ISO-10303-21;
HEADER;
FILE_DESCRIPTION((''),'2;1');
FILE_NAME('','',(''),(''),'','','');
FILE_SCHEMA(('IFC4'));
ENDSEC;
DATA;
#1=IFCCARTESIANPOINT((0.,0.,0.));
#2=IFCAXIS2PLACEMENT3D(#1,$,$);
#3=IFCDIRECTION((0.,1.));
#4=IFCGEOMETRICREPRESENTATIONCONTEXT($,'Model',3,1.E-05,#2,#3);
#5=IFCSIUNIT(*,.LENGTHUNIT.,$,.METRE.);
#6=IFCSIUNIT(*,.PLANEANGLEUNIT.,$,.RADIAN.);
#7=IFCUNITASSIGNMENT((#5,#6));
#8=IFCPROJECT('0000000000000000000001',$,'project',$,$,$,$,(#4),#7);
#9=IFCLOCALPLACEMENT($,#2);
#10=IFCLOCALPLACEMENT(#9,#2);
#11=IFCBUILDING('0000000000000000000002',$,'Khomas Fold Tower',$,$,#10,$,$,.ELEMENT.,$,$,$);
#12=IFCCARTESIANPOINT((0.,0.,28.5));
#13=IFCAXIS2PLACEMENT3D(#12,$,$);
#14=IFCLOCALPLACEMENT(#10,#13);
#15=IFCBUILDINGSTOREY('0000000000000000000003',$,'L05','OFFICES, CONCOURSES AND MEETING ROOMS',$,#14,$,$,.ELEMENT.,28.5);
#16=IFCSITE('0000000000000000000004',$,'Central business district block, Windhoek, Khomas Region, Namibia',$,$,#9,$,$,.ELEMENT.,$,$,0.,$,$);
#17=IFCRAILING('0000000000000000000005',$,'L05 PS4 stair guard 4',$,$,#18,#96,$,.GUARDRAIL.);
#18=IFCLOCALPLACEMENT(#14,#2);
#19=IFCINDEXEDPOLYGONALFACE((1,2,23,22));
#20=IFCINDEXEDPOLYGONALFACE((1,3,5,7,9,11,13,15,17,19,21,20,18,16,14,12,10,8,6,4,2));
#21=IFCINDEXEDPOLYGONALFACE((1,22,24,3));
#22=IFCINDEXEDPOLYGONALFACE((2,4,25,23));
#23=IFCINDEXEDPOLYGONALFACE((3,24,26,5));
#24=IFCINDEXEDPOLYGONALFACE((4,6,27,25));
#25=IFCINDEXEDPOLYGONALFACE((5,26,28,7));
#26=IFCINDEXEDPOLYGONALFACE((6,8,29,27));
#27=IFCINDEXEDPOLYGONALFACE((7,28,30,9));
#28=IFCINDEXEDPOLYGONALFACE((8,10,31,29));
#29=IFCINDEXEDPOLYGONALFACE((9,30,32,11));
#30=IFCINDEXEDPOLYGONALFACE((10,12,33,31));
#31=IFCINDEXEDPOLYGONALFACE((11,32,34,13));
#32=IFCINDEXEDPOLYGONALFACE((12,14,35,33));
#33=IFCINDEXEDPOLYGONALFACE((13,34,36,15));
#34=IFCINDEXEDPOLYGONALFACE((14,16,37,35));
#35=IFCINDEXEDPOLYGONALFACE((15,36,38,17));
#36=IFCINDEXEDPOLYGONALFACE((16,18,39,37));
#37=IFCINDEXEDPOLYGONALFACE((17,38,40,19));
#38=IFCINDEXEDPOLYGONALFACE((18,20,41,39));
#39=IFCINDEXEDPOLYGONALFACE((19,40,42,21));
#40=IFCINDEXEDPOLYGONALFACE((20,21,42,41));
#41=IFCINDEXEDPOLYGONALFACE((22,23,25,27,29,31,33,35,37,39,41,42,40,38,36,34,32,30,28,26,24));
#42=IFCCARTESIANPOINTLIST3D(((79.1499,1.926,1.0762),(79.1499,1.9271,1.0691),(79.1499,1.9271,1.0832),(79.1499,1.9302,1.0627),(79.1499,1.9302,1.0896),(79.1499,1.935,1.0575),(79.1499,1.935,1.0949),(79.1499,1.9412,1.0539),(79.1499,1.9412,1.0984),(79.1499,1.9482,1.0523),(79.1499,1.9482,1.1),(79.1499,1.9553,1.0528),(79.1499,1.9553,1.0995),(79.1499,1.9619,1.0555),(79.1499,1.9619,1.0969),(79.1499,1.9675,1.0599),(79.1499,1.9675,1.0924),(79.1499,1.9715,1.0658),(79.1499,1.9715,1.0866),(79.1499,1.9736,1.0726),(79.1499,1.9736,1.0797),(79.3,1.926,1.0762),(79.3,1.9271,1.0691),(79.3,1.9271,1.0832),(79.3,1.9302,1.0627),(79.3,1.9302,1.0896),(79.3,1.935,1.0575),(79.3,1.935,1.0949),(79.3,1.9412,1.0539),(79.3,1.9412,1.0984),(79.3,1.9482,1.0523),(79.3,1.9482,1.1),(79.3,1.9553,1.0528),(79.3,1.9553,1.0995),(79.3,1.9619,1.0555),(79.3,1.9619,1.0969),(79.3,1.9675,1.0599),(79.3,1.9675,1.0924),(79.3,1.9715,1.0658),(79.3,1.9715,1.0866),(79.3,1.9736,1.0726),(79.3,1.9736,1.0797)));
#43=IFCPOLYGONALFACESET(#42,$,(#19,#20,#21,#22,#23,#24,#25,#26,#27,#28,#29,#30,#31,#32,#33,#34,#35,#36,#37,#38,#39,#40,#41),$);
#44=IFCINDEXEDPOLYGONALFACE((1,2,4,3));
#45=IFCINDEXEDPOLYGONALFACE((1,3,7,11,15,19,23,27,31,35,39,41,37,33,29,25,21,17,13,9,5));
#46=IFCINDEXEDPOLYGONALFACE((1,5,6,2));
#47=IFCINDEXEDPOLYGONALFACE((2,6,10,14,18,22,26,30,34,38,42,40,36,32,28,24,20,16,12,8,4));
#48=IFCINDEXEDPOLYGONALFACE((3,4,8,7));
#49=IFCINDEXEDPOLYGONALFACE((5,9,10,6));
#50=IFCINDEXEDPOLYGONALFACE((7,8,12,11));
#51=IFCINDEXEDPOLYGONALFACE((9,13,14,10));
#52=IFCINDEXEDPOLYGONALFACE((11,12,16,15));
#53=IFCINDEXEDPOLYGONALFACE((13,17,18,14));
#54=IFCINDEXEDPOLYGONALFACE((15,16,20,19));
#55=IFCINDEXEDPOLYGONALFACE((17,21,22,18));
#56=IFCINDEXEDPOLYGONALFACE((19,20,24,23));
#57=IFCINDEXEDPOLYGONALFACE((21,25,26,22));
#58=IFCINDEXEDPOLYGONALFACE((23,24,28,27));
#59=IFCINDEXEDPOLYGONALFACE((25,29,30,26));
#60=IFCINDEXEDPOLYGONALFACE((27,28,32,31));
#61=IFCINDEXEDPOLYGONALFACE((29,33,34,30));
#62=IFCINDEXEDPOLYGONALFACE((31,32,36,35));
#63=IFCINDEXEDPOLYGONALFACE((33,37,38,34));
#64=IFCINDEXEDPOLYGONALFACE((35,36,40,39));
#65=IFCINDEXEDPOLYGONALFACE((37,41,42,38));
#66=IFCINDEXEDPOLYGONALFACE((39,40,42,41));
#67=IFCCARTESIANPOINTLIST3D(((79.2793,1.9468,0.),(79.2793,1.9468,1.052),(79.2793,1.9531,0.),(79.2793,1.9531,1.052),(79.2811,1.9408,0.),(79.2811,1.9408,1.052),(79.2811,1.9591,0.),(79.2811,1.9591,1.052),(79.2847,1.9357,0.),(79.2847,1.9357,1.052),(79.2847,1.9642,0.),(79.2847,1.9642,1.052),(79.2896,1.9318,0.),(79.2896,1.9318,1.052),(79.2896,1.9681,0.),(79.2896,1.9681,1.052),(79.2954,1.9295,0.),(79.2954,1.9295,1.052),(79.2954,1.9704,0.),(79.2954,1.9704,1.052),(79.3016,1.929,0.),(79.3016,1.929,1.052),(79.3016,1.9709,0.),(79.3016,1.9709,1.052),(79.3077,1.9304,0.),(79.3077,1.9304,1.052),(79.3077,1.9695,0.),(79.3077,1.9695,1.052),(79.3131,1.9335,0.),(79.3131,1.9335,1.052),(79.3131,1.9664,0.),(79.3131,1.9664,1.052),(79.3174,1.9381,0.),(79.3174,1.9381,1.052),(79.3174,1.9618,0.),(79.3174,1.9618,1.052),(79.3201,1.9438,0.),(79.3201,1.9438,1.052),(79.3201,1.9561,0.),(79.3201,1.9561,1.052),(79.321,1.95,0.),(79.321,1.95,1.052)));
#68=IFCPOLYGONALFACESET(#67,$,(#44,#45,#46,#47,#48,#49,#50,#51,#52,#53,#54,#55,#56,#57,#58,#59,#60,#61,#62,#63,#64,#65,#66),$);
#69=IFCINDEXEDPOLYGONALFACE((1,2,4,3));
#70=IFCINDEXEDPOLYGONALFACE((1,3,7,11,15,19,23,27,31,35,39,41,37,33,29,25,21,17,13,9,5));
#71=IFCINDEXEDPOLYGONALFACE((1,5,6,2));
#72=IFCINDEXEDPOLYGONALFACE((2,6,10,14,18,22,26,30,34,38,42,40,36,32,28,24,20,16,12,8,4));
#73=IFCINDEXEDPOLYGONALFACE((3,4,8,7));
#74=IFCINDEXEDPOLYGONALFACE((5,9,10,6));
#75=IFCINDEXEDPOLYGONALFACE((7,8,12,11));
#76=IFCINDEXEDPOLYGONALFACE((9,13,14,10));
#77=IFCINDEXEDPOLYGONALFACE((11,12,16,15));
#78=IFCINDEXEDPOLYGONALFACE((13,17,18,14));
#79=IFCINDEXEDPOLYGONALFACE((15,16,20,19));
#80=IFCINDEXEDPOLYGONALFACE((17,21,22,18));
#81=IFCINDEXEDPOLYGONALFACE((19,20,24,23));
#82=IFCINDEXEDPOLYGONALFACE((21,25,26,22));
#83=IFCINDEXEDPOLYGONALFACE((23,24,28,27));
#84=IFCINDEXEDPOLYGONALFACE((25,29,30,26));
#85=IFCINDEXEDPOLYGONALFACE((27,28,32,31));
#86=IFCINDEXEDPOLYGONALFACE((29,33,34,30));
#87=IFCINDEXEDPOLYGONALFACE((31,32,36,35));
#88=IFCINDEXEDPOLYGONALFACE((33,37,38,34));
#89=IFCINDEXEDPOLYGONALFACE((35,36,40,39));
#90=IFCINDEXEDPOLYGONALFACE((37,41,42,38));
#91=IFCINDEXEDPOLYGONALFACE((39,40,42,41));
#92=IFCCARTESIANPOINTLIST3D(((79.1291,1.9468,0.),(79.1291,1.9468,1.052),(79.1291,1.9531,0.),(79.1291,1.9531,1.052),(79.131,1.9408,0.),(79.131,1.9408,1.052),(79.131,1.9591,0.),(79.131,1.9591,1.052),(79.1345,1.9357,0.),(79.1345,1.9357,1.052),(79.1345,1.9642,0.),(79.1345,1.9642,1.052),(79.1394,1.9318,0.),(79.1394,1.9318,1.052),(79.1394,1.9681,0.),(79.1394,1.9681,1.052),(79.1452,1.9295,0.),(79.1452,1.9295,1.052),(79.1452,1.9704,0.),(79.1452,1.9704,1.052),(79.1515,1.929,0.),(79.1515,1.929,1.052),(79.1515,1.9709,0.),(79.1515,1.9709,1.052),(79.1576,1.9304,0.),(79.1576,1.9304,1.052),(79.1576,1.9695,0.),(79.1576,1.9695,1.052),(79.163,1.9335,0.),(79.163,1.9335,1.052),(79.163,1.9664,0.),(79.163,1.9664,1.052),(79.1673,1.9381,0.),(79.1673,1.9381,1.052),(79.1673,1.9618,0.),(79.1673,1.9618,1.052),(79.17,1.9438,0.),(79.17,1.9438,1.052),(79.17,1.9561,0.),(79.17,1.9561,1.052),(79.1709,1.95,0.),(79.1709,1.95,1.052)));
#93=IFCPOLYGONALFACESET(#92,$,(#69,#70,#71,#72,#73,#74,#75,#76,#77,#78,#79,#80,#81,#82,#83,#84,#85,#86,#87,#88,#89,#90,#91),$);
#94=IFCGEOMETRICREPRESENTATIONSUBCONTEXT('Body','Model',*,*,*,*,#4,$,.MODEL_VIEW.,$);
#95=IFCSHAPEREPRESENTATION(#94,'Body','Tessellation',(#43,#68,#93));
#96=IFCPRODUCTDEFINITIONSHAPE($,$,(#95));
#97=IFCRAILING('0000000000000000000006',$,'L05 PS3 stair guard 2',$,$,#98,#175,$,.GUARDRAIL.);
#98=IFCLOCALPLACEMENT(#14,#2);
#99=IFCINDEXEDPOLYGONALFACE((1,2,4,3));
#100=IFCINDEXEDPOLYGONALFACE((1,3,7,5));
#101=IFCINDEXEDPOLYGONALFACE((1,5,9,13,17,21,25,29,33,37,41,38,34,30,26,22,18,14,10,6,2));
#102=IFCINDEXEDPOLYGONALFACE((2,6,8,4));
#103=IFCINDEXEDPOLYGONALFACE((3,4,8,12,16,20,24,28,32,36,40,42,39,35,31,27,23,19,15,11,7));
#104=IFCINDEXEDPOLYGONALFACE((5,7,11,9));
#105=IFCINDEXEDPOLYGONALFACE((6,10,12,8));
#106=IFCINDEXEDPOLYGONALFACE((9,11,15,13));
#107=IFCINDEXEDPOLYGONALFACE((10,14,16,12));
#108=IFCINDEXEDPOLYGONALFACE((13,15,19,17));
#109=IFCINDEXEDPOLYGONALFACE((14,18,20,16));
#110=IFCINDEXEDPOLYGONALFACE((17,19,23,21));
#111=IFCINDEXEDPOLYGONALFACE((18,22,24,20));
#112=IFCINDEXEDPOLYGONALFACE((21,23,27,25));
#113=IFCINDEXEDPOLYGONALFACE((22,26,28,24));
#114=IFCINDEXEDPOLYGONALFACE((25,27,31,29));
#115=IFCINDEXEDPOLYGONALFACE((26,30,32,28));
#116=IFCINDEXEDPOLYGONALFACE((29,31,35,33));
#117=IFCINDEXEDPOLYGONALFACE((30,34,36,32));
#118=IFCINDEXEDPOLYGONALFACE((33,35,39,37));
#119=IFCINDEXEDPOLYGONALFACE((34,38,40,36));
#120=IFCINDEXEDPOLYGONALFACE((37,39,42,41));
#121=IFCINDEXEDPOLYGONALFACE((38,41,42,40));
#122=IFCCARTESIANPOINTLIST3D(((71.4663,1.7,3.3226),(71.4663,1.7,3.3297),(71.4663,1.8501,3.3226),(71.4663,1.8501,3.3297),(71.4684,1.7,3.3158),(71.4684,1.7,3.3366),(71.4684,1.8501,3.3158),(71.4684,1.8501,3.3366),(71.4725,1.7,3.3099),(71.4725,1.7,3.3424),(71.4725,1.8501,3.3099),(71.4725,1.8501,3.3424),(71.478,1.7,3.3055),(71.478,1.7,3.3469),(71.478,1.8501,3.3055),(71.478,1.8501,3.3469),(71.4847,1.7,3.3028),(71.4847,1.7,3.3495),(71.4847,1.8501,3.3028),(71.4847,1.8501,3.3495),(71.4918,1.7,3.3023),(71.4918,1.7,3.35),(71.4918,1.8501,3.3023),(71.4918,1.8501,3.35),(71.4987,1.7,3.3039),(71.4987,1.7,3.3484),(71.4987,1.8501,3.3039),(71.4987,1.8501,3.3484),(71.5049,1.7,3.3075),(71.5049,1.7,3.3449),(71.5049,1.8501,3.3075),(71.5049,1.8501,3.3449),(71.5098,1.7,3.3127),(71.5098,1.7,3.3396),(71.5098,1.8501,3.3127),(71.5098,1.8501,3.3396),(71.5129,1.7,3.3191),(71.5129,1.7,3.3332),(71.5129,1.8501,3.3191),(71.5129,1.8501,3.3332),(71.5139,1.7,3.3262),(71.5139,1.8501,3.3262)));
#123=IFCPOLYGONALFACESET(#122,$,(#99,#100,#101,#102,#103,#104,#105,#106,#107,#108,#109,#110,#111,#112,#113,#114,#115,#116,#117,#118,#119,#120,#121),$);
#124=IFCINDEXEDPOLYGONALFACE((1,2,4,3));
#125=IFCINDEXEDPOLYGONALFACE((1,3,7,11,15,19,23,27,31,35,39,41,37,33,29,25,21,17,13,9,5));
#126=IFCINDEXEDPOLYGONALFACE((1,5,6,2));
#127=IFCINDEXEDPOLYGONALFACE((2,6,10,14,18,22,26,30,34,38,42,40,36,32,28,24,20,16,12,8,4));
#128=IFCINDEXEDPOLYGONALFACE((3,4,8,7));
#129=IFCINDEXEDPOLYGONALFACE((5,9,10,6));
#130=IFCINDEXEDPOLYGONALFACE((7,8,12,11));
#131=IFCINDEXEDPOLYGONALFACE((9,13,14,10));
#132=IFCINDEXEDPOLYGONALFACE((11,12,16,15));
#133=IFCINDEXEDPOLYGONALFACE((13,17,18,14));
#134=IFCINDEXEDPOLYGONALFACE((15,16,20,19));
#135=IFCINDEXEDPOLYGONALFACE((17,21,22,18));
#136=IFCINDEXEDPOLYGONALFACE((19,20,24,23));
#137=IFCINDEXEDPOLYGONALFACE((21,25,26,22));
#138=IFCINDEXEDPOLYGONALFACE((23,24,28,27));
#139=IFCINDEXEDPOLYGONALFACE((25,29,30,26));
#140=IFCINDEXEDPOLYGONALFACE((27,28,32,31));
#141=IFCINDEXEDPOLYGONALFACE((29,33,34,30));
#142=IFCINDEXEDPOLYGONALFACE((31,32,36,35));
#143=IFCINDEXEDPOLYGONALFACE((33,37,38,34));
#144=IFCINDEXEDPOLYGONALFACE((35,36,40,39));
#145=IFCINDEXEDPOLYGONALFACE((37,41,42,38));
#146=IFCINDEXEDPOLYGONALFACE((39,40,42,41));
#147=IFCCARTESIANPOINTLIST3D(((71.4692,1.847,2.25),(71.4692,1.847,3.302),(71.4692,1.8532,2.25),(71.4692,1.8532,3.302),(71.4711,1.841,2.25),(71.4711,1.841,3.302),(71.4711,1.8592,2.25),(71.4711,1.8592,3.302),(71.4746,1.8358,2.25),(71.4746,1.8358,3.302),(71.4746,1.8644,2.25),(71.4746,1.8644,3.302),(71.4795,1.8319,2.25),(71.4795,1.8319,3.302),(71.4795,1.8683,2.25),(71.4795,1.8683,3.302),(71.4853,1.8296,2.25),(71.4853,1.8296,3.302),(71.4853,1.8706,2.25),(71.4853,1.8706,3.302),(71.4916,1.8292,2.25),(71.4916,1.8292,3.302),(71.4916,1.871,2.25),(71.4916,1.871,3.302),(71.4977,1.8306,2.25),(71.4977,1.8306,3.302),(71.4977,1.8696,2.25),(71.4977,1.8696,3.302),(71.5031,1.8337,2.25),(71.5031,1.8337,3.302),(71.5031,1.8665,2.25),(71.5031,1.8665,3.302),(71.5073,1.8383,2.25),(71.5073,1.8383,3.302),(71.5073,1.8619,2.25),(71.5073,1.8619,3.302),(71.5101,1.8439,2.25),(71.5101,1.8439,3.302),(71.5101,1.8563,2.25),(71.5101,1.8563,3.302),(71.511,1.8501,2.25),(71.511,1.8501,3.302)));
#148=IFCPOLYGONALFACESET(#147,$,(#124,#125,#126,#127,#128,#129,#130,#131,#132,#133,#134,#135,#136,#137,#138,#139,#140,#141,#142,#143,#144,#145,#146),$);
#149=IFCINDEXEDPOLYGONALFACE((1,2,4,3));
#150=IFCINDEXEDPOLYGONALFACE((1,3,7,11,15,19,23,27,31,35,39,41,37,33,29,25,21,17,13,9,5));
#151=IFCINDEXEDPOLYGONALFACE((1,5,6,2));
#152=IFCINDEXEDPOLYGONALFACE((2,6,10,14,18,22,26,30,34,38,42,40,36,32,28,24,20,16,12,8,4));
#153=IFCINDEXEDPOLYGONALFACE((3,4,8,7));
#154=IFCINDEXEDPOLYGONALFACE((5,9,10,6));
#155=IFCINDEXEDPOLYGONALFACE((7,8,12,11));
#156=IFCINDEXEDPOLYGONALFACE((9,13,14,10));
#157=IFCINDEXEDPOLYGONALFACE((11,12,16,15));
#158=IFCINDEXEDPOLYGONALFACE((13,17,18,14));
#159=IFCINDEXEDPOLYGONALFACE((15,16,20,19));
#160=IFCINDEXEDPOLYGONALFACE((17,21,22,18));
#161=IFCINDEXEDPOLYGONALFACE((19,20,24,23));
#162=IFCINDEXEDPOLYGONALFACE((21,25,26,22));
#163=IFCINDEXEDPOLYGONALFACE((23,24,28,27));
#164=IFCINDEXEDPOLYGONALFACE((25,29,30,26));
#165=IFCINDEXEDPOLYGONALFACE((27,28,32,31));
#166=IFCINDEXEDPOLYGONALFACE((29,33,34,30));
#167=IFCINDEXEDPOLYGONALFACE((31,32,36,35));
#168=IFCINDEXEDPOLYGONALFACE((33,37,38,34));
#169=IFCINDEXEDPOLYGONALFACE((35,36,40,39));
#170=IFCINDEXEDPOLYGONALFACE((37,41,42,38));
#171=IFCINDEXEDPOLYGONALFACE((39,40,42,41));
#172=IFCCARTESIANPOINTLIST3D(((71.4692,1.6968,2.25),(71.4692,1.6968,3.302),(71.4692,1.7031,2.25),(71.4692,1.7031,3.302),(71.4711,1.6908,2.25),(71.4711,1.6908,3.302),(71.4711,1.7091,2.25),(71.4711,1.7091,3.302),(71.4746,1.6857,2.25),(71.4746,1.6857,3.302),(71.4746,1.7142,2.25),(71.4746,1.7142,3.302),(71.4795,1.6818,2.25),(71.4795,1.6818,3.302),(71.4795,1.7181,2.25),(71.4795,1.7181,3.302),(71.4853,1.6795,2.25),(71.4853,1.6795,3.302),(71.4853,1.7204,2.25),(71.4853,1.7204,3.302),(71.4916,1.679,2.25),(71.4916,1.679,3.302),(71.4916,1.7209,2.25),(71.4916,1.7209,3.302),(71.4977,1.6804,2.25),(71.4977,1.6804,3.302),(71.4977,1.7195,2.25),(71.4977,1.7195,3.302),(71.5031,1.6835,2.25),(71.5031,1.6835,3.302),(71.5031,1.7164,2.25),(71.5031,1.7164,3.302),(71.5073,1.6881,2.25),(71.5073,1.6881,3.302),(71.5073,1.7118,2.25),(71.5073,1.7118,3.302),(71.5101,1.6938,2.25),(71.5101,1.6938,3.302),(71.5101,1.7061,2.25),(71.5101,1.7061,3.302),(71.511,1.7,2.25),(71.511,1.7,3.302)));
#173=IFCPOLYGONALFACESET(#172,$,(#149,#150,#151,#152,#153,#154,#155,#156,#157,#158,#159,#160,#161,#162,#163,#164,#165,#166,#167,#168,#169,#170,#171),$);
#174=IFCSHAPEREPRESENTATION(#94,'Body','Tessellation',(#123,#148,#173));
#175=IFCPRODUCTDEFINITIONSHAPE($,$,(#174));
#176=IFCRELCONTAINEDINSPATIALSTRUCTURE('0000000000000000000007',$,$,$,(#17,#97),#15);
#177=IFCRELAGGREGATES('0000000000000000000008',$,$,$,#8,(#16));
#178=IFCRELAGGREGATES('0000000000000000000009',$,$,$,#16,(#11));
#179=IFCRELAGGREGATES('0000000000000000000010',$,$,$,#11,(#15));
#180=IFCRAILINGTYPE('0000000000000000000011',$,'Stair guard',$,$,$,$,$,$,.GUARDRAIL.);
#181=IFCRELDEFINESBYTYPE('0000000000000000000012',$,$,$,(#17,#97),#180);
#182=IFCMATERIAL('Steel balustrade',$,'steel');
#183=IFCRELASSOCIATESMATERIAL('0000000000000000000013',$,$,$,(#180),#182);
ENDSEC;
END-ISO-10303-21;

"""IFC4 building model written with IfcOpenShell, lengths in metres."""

from ifc_helpers import new_model, si_unit, direction, frame, origin, origin_2d, place, context, subcontext, project, spatial, circle, extrude, source, transform, mapped, material, type_object, element, save


model = new_model("IFC4")

# Units and contexts
model_context = context("Model", 3, precision=1e-05, world=origin(), true_north=direction((0.0, 1.0)))
body_context = subcontext(model_context, "Body", "Model", "MODEL_VIEW")
ifc_project = project(units=[si_unit("LENGTHUNIT", "METRE"), si_unit("PLANEANGLEUNIT", "RADIAN")], contexts=[model_context])

# Site, building, storey
site_placement = place(None, origin())
site = spatial("IfcSite", under=ifc_project, at=site_placement, Name="Central business district block, Windhoek, Khomas Region, Namibia", CompositionType="ELEMENT", RefElevation=0.0)
building_placement = place(site_placement, origin())
building = spatial("IfcBuilding", under=site, at=building_placement, Name="Khomas Fold Tower", CompositionType="ELEMENT")
storey_placement = place(building_placement, frame((0.0, 0.0, 28.5)))
storey = spatial("IfcBuildingStorey", under=building, at=storey_placement, Name="L05", Description="OFFICES, CONCOURSES AND MEETING ROOMS", CompositionType="ELEMENT", Elevation=28.5)

# Railings
ifc_material_1 = material(Name="Steel balustrade", Category="steel")
railing_type_1 = type_object("IfcRailingType", Name="Stair guard", PredefinedType="GUARDRAIL", material=ifc_material_1)
shared_shape_1 = source(origin(), body_context, "Body", "SweptSolid", [
    extrude(circle(Radius=0.0239, at=origin_2d()), frame((0.0, 0.0, 1.0762), z_axis=(-1.0, 0.0, 0.0), x_axis=(0.0, -1.0, 0.0)), (0.0, 0.0, 1.0), 0.1501),
    extrude(circle(Radius=0.021, at=origin_2d()), origin(), (0.0, 0.0, 1.0), 1.052),
    extrude(circle(Radius=0.021, at=origin_2d()), frame((-0.1501, 0.0, 0.0)), (0.0, 0.0, 1.0), 1.052),
])
railing_1_placement = place(storey_placement, frame((79.3, 1.95, 0.0)))
element("IfcRailing", 1, at=railing_1_placement, inside=storey, type_object=railing_type_1, Name="L05 PS4 stair guard 4", PredefinedType="GUARDRAIL", context=body_context, shape_type="MappedRepresentation", body=[
    mapped(shared_shape_1, transform((0.0, 0.0, 0.0))),
])
shared_shape_2 = source(origin(), body_context, "Body", "SweptSolid", [
    extrude(circle(Radius=0.0239, at=origin_2d()), frame((0.0, 0.0, 1.0762), z_axis=(0.0, -1.0, 0.0), x_axis=(1.0, 0.0, 0.0)), (0.0, 0.0, 1.0), 0.1501),
    extrude(circle(Radius=0.021, at=origin_2d()), origin(), (0.0, 0.0, 1.0), 1.052),
    extrude(circle(Radius=0.021, at=origin_2d()), frame((0.0, -0.1501, 0.0)), (0.0, 0.0, 1.0), 1.052),
])
for number, where, name in (
    (2, (71.49, 1.8501, 2.25), "L05 PS3 stair guard 2"),
):
    element("IfcRailing", number, at=place(storey_placement, frame(where)), inside=storey, type_object=railing_type_1, Name=name, PredefinedType="GUARDRAIL", context=body_context, shape_type="MappedRepresentation", body=[
        mapped(shared_shape_2, transform((0.0, 0.0, 0.0))),
    ])

save(model, "model.ifc")
